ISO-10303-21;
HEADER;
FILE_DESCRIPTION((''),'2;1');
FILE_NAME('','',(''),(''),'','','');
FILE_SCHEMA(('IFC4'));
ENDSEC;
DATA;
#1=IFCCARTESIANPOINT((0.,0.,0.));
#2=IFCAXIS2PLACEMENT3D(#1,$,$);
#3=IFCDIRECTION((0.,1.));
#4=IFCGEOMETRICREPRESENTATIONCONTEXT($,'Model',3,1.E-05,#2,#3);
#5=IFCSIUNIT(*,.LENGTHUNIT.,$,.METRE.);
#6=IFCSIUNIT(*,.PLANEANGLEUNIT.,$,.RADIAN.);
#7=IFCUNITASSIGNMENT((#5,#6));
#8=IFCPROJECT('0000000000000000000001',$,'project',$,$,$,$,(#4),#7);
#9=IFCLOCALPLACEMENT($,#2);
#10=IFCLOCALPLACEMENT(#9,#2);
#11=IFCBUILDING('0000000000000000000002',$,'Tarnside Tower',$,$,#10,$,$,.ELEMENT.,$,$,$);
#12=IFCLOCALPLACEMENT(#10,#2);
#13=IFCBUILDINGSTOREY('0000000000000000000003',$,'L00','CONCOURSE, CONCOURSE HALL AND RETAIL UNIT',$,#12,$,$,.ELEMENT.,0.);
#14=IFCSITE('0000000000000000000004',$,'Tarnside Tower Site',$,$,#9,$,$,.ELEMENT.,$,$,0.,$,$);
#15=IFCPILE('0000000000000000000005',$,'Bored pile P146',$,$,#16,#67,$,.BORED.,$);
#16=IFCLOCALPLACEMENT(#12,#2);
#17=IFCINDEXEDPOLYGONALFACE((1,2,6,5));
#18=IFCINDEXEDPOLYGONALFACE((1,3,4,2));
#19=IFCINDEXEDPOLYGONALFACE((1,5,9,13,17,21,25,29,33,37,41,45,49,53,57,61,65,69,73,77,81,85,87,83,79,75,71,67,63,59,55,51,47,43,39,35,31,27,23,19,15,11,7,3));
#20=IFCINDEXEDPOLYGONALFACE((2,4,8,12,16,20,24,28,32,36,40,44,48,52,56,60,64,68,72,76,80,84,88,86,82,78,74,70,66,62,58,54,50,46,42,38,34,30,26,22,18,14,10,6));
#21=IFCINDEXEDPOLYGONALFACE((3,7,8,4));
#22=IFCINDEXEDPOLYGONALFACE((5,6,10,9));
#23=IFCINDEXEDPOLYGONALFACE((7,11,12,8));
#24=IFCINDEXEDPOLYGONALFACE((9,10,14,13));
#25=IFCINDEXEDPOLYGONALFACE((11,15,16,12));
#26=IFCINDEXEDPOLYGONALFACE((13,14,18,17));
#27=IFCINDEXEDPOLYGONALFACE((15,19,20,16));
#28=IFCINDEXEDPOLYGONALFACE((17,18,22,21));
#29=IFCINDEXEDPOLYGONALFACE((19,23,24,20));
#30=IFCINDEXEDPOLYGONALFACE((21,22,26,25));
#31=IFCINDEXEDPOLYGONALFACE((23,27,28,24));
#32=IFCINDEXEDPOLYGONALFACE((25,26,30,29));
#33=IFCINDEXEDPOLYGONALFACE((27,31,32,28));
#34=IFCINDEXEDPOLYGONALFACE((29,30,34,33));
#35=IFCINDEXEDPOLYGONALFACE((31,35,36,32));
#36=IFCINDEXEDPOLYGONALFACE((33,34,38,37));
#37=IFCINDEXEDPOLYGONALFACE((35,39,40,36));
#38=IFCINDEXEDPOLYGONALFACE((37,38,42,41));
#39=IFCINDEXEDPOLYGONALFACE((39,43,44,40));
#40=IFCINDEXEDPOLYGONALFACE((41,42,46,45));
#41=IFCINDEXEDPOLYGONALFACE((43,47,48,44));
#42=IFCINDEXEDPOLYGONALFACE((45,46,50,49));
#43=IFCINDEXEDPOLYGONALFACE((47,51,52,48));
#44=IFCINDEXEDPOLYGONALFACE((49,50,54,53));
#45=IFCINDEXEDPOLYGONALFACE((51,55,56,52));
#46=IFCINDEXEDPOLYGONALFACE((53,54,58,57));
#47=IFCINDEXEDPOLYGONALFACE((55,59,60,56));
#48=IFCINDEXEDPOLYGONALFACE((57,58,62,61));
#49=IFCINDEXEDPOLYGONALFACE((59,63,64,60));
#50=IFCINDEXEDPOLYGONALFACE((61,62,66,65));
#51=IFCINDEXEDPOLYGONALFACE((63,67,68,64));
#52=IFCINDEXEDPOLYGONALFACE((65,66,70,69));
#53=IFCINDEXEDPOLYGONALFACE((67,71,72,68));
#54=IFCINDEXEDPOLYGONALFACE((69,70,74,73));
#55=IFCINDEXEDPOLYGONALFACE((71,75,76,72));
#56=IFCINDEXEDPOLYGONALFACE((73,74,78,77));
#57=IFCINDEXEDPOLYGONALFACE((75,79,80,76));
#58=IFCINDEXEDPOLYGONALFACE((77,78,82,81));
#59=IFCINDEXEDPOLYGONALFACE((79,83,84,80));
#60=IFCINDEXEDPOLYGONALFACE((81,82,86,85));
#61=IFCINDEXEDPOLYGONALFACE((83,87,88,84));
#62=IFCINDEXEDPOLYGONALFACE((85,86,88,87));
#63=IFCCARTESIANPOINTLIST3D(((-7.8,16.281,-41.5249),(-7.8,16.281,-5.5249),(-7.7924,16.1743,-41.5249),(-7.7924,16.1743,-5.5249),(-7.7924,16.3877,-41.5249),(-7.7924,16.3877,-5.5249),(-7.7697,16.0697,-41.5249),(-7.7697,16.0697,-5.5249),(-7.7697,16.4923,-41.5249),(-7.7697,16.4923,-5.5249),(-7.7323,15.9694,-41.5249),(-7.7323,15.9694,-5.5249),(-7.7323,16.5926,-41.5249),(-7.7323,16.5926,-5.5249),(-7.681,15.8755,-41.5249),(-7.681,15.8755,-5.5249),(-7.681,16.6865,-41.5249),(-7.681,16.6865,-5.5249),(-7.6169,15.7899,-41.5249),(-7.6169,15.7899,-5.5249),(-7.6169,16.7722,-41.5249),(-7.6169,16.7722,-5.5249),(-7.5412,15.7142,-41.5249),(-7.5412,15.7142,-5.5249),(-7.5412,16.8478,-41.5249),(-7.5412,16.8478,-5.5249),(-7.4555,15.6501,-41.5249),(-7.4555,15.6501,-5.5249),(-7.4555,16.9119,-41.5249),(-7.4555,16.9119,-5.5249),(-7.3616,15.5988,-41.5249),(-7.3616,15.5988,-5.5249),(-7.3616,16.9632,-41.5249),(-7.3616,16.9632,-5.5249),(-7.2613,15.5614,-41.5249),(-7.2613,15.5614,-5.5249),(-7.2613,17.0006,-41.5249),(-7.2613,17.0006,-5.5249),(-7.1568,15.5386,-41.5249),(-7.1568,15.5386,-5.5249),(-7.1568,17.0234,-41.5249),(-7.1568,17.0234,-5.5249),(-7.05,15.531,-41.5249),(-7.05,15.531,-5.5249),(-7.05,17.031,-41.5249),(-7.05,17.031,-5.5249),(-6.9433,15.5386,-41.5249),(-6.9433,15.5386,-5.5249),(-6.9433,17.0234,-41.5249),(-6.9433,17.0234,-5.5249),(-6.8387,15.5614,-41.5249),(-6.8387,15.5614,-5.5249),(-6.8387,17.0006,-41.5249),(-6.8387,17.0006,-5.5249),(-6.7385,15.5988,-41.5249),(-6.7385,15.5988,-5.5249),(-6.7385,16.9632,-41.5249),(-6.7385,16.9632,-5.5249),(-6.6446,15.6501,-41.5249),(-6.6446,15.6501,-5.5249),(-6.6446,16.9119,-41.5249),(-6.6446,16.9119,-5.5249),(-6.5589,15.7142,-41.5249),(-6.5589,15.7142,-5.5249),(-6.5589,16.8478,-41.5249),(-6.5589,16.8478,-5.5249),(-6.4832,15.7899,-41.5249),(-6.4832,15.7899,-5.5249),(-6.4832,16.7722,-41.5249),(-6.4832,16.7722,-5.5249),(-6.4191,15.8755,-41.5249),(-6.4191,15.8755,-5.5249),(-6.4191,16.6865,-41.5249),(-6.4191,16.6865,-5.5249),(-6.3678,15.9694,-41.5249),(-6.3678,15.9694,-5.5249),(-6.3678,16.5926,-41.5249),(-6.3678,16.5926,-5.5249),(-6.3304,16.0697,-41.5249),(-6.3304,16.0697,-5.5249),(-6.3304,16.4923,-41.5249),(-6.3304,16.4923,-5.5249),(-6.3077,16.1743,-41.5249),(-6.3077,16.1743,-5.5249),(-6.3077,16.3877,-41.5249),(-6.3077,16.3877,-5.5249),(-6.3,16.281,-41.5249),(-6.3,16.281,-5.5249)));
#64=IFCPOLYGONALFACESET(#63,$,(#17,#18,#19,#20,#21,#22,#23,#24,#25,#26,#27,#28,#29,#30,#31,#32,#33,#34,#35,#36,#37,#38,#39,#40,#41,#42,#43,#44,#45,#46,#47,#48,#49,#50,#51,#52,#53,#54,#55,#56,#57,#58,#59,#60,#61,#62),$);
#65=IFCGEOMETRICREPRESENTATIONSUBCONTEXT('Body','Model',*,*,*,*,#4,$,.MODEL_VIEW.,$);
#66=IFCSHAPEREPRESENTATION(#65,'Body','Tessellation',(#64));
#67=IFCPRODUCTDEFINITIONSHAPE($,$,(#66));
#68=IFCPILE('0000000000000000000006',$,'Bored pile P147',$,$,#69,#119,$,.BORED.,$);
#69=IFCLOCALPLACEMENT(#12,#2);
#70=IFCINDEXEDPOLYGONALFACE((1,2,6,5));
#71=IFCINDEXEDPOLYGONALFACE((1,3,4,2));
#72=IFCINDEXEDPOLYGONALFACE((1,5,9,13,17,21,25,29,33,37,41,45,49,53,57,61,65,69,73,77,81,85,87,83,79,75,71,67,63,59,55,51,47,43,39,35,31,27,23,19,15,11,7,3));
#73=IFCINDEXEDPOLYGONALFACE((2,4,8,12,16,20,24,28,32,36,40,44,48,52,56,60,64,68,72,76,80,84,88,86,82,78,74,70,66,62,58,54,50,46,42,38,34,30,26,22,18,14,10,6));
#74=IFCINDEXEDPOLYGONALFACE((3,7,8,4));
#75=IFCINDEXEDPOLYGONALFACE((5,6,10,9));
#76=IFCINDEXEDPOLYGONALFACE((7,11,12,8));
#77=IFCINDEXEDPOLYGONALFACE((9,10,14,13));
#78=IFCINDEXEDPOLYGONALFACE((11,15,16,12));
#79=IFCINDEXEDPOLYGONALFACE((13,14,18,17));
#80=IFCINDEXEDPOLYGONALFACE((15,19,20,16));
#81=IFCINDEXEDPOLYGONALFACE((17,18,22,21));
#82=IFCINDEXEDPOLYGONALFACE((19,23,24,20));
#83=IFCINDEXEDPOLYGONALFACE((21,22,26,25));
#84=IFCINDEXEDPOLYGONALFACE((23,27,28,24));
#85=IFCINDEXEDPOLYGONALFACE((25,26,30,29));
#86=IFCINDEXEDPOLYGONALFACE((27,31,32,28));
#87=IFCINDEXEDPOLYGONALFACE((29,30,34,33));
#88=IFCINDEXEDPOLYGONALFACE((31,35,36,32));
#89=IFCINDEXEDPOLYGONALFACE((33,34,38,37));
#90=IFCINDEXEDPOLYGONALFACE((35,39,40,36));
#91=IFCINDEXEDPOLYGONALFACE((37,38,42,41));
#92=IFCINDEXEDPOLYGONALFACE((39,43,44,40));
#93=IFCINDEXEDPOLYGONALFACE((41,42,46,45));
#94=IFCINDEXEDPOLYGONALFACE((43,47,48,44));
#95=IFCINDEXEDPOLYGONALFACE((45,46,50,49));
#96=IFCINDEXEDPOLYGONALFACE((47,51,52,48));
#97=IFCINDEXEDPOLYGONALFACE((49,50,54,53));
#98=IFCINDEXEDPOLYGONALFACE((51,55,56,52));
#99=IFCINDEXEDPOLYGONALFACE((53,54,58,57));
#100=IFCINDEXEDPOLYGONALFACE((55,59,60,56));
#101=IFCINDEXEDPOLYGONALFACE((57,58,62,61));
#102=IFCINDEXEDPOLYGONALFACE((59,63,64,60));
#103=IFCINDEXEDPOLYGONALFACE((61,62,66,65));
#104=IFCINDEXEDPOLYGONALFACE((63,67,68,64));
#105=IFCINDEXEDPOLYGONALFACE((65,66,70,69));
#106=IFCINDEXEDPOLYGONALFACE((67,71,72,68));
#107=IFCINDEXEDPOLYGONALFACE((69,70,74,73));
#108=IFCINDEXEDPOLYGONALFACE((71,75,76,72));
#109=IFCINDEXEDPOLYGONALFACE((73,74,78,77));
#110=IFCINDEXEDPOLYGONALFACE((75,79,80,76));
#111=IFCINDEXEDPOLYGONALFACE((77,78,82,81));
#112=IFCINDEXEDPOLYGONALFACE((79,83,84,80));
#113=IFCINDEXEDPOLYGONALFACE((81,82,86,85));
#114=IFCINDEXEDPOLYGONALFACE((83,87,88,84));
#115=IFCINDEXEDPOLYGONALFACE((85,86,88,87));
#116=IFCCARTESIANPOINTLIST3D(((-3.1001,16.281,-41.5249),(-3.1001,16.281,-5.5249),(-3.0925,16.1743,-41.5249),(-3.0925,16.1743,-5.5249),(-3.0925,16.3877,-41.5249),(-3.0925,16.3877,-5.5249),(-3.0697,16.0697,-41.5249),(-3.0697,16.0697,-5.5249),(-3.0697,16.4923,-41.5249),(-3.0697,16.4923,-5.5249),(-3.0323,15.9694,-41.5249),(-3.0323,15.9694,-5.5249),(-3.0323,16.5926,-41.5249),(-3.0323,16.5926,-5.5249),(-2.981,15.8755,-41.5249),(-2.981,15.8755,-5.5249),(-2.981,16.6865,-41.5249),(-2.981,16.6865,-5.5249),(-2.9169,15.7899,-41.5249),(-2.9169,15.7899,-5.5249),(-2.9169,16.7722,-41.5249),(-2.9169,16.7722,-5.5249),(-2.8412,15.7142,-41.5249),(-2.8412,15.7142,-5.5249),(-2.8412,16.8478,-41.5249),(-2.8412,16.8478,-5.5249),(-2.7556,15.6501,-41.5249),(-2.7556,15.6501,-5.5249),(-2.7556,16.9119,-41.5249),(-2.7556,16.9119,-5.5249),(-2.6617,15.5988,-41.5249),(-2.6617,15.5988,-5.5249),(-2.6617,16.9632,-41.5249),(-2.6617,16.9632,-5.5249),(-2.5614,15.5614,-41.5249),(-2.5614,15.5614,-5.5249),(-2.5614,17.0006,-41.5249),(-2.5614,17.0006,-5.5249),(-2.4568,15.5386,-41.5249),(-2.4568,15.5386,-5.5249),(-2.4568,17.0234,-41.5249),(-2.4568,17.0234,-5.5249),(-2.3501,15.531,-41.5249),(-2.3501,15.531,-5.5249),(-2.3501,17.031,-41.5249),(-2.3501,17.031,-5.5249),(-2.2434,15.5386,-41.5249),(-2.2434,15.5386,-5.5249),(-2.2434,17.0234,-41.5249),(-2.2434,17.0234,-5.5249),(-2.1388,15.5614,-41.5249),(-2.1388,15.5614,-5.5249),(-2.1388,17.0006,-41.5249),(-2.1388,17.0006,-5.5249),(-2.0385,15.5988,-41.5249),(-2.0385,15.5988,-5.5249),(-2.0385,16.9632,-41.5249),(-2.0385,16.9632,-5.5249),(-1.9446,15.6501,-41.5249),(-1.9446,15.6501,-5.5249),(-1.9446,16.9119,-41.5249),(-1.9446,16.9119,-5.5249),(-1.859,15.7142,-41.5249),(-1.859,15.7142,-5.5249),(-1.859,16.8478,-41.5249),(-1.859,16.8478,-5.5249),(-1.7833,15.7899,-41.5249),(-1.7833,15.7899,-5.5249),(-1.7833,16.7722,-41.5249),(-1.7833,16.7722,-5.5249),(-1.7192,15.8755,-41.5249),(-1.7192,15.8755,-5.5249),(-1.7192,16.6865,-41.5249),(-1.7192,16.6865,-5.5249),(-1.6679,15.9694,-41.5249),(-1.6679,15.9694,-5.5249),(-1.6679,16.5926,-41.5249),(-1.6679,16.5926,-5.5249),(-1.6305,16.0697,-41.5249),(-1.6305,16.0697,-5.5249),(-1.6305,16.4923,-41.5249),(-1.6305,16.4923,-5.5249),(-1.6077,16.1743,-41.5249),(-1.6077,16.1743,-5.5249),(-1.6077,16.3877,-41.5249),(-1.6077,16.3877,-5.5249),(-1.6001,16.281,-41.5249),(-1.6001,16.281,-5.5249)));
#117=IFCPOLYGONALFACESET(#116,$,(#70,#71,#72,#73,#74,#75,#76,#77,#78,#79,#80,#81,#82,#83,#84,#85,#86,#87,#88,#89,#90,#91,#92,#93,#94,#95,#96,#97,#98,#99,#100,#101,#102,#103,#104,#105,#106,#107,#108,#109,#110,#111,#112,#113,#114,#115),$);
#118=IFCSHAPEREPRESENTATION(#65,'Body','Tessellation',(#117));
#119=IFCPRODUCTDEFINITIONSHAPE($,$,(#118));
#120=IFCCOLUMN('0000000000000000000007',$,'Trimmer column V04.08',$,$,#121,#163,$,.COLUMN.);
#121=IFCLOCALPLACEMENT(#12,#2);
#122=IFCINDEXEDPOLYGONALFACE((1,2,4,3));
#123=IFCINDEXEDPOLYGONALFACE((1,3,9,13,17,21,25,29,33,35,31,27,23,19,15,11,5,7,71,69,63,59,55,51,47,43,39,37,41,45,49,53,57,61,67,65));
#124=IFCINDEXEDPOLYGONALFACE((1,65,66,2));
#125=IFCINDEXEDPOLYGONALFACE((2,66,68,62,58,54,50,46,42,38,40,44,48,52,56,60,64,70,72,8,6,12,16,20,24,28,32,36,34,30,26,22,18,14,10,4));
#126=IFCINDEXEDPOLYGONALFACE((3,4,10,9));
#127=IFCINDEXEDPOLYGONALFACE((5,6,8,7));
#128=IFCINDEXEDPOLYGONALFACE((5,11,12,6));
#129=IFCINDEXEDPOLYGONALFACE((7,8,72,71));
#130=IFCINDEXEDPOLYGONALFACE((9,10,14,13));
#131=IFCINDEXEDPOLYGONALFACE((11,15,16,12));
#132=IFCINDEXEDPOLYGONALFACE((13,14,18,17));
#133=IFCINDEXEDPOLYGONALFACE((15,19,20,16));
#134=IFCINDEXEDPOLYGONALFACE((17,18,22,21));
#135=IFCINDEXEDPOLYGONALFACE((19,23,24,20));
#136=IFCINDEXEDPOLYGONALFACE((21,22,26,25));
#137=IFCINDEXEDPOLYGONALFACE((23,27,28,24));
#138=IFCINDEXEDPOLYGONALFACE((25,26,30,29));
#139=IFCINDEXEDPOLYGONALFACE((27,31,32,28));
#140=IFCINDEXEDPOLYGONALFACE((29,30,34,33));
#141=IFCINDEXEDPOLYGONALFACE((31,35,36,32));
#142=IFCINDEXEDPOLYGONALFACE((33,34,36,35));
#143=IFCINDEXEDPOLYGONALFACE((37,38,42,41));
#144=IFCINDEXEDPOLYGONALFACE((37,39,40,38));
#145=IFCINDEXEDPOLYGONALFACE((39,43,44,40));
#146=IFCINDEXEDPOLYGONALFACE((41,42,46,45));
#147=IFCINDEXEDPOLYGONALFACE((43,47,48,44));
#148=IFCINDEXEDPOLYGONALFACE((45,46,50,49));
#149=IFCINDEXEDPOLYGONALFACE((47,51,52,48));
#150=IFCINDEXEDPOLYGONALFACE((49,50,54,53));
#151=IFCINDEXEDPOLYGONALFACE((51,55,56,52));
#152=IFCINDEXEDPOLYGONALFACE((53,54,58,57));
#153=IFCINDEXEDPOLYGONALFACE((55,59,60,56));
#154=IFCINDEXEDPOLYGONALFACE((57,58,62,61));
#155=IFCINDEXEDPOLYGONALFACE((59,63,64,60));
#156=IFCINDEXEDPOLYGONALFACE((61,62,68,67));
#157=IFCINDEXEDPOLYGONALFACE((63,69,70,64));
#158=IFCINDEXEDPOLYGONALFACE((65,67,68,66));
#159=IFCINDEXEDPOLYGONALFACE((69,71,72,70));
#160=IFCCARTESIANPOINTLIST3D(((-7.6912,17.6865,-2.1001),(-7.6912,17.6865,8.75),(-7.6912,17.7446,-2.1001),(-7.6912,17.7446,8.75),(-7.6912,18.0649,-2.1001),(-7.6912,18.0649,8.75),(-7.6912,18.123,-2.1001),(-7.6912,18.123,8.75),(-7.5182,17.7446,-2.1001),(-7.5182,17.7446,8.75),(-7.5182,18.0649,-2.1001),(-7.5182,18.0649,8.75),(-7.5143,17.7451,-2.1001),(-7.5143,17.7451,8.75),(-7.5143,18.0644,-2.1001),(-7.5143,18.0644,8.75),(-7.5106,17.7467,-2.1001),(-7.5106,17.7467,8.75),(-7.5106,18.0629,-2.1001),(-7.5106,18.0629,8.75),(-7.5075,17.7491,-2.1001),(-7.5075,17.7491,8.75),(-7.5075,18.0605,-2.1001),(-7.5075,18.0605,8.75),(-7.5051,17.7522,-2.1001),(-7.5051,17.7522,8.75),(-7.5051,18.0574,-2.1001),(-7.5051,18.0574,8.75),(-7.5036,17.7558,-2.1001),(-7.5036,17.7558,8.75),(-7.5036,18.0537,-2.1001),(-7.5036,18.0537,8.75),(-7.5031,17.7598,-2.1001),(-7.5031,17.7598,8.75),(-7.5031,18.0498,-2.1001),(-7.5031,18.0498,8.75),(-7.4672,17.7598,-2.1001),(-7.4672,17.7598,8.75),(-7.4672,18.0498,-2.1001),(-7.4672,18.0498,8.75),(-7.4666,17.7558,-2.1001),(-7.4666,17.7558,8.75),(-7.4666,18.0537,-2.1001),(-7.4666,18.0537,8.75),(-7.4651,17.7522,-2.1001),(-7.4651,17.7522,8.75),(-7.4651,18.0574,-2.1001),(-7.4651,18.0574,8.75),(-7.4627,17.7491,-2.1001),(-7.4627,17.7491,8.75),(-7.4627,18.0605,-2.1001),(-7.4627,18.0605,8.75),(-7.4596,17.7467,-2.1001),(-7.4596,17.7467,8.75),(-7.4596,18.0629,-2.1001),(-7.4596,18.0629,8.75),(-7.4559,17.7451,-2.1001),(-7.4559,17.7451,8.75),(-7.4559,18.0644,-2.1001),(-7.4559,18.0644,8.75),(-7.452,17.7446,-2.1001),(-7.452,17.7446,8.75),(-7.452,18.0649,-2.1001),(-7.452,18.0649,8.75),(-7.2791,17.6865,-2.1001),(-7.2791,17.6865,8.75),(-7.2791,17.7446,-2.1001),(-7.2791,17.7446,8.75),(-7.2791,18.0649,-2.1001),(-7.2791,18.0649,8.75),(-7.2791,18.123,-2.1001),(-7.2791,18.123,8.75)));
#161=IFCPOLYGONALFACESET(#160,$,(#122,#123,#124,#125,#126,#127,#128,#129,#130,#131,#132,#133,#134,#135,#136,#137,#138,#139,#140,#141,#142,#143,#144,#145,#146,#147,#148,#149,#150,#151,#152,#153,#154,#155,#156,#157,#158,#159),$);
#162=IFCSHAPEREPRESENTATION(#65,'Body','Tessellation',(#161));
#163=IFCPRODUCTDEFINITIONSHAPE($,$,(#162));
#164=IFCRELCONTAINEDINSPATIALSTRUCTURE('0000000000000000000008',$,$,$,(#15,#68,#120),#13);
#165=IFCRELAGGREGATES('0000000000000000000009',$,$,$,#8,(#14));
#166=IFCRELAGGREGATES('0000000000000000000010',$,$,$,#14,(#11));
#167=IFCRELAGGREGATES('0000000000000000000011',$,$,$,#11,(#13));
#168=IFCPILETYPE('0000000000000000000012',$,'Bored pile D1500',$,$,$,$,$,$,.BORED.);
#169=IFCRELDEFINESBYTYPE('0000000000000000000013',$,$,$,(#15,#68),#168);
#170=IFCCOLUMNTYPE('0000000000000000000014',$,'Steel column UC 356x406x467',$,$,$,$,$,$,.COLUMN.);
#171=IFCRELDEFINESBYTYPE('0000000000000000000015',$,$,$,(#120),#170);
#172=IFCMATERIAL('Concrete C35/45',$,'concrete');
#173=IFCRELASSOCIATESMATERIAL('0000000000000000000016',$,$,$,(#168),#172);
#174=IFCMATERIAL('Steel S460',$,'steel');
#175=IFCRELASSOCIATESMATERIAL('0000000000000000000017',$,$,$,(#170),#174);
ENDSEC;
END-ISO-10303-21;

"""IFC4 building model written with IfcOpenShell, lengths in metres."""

from ifc_helpers import new_model, si_unit, direction, frame, origin, origin_2d, place, context, subcontext, project, spatial, circle, i_section, extrude, material, material_profile, profile_set, type_object, element, save


model = new_model("IFC4")

# Units and contexts
model_context = context("Model", 3, precision=1e-05, world=origin(), true_north=direction((0.0, 1.0)))
body_context = subcontext(model_context, "Body", "Model", "MODEL_VIEW")
ifc_project = project(units=[si_unit("LENGTHUNIT", "METRE"), si_unit("PLANEANGLEUNIT", "RADIAN")], contexts=[model_context])

# Site, building, storey
site_placement = place(None, origin())
site = spatial("IfcSite", under=ifc_project, at=site_placement, Name="Tarnside Tower Site", CompositionType="ELEMENT", RefElevation=0.0)
building_placement = place(site_placement, origin())
building = spatial("IfcBuilding", under=site, at=building_placement, Name="Tarnside Tower", CompositionType="ELEMENT")
storey_placement = place(building_placement, origin())
storey = spatial("IfcBuildingStorey", under=building, at=storey_placement, Name="L00", Description="CONCOURSE, CONCOURSE HALL AND RETAIL UNIT", CompositionType="ELEMENT", Elevation=0.0)

# Piles
ifc_material_1 = material(Name="Concrete C35/45", Category="concrete")
ifc_material_profile_1 = material_profile(ifc_material_1, circle(Radius=0.75, at=origin_2d()), Name="Bored pile D1500")
ifc_profile_set_1 = profile_set([ifc_material_profile_1], Name="Concrete C35/45")
pile_type = type_object("IfcPileType", Name="Bored pile D1500", PredefinedType="BORED", material=ifc_profile_set_1)
for number, where, z_axis, x_axis, name in (
    (1, (-7.05, 16.281, -5.5249), (0.0, 0.0, -1.0), (1.0, 0.0, 0.0), "Bored pile P146"),
    (2, (-2.3501, 16.281, -5.5249), (0.0, 0.0, -1.0), (1.0, 0.0, 0.0), "Bored pile P147"),
):
    element("IfcPile", number, at=place(storey_placement, frame(where, z_axis=z_axis, x_axis=x_axis)), inside=storey, type_object=pile_type, Name=name, PredefinedType="BORED", context=body_context, shape_type="SweptSolid", body=[
        extrude(circle(Radius=0.75, at=origin_2d()), origin(), (0.0, 0.0, 1.0), 36.0),
    ])

# Column
ifc_material_2 = material(Name="Steel S460", Category="steel")
ifc_material_profile_2 = material_profile(ifc_material_2, i_section(OverallWidth=0.4121, OverallDepth=0.4365, WebThickness=0.0359, FlangeThickness=0.0581, FilletRadius=0.0151, at=origin_2d()), Name="UC 356x406x467")
ifc_profile_set_2 = profile_set([ifc_material_profile_2], Name="Steel S460")
column_type = type_object("IfcColumnType", Name="Steel column UC 356x406x467", PredefinedType="COLUMN", material=ifc_profile_set_2)
for number, where, z_axis, x_axis, name in (
    (3, (-7.4851, 17.9048, -2.1001), (0.0, 0.0, 1.0), (1.0, 0.0, 0.0), "Trimmer column V04.08"),
):
    element("IfcColumn", number, at=place(storey_placement, frame(where, z_axis=z_axis, x_axis=x_axis)), inside=storey, type_object=column_type, Name=name, PredefinedType="COLUMN", context=body_context, shape_type="SweptSolid", body=[
        extrude(i_section(OverallWidth=0.4121, OverallDepth=0.4365, WebThickness=0.0359, FlangeThickness=0.0581, FilletRadius=0.0151, at=origin_2d()), origin(), (0.0, 0.0, 1.0), 10.8501),
    ])

save(model, "model.ifc")
